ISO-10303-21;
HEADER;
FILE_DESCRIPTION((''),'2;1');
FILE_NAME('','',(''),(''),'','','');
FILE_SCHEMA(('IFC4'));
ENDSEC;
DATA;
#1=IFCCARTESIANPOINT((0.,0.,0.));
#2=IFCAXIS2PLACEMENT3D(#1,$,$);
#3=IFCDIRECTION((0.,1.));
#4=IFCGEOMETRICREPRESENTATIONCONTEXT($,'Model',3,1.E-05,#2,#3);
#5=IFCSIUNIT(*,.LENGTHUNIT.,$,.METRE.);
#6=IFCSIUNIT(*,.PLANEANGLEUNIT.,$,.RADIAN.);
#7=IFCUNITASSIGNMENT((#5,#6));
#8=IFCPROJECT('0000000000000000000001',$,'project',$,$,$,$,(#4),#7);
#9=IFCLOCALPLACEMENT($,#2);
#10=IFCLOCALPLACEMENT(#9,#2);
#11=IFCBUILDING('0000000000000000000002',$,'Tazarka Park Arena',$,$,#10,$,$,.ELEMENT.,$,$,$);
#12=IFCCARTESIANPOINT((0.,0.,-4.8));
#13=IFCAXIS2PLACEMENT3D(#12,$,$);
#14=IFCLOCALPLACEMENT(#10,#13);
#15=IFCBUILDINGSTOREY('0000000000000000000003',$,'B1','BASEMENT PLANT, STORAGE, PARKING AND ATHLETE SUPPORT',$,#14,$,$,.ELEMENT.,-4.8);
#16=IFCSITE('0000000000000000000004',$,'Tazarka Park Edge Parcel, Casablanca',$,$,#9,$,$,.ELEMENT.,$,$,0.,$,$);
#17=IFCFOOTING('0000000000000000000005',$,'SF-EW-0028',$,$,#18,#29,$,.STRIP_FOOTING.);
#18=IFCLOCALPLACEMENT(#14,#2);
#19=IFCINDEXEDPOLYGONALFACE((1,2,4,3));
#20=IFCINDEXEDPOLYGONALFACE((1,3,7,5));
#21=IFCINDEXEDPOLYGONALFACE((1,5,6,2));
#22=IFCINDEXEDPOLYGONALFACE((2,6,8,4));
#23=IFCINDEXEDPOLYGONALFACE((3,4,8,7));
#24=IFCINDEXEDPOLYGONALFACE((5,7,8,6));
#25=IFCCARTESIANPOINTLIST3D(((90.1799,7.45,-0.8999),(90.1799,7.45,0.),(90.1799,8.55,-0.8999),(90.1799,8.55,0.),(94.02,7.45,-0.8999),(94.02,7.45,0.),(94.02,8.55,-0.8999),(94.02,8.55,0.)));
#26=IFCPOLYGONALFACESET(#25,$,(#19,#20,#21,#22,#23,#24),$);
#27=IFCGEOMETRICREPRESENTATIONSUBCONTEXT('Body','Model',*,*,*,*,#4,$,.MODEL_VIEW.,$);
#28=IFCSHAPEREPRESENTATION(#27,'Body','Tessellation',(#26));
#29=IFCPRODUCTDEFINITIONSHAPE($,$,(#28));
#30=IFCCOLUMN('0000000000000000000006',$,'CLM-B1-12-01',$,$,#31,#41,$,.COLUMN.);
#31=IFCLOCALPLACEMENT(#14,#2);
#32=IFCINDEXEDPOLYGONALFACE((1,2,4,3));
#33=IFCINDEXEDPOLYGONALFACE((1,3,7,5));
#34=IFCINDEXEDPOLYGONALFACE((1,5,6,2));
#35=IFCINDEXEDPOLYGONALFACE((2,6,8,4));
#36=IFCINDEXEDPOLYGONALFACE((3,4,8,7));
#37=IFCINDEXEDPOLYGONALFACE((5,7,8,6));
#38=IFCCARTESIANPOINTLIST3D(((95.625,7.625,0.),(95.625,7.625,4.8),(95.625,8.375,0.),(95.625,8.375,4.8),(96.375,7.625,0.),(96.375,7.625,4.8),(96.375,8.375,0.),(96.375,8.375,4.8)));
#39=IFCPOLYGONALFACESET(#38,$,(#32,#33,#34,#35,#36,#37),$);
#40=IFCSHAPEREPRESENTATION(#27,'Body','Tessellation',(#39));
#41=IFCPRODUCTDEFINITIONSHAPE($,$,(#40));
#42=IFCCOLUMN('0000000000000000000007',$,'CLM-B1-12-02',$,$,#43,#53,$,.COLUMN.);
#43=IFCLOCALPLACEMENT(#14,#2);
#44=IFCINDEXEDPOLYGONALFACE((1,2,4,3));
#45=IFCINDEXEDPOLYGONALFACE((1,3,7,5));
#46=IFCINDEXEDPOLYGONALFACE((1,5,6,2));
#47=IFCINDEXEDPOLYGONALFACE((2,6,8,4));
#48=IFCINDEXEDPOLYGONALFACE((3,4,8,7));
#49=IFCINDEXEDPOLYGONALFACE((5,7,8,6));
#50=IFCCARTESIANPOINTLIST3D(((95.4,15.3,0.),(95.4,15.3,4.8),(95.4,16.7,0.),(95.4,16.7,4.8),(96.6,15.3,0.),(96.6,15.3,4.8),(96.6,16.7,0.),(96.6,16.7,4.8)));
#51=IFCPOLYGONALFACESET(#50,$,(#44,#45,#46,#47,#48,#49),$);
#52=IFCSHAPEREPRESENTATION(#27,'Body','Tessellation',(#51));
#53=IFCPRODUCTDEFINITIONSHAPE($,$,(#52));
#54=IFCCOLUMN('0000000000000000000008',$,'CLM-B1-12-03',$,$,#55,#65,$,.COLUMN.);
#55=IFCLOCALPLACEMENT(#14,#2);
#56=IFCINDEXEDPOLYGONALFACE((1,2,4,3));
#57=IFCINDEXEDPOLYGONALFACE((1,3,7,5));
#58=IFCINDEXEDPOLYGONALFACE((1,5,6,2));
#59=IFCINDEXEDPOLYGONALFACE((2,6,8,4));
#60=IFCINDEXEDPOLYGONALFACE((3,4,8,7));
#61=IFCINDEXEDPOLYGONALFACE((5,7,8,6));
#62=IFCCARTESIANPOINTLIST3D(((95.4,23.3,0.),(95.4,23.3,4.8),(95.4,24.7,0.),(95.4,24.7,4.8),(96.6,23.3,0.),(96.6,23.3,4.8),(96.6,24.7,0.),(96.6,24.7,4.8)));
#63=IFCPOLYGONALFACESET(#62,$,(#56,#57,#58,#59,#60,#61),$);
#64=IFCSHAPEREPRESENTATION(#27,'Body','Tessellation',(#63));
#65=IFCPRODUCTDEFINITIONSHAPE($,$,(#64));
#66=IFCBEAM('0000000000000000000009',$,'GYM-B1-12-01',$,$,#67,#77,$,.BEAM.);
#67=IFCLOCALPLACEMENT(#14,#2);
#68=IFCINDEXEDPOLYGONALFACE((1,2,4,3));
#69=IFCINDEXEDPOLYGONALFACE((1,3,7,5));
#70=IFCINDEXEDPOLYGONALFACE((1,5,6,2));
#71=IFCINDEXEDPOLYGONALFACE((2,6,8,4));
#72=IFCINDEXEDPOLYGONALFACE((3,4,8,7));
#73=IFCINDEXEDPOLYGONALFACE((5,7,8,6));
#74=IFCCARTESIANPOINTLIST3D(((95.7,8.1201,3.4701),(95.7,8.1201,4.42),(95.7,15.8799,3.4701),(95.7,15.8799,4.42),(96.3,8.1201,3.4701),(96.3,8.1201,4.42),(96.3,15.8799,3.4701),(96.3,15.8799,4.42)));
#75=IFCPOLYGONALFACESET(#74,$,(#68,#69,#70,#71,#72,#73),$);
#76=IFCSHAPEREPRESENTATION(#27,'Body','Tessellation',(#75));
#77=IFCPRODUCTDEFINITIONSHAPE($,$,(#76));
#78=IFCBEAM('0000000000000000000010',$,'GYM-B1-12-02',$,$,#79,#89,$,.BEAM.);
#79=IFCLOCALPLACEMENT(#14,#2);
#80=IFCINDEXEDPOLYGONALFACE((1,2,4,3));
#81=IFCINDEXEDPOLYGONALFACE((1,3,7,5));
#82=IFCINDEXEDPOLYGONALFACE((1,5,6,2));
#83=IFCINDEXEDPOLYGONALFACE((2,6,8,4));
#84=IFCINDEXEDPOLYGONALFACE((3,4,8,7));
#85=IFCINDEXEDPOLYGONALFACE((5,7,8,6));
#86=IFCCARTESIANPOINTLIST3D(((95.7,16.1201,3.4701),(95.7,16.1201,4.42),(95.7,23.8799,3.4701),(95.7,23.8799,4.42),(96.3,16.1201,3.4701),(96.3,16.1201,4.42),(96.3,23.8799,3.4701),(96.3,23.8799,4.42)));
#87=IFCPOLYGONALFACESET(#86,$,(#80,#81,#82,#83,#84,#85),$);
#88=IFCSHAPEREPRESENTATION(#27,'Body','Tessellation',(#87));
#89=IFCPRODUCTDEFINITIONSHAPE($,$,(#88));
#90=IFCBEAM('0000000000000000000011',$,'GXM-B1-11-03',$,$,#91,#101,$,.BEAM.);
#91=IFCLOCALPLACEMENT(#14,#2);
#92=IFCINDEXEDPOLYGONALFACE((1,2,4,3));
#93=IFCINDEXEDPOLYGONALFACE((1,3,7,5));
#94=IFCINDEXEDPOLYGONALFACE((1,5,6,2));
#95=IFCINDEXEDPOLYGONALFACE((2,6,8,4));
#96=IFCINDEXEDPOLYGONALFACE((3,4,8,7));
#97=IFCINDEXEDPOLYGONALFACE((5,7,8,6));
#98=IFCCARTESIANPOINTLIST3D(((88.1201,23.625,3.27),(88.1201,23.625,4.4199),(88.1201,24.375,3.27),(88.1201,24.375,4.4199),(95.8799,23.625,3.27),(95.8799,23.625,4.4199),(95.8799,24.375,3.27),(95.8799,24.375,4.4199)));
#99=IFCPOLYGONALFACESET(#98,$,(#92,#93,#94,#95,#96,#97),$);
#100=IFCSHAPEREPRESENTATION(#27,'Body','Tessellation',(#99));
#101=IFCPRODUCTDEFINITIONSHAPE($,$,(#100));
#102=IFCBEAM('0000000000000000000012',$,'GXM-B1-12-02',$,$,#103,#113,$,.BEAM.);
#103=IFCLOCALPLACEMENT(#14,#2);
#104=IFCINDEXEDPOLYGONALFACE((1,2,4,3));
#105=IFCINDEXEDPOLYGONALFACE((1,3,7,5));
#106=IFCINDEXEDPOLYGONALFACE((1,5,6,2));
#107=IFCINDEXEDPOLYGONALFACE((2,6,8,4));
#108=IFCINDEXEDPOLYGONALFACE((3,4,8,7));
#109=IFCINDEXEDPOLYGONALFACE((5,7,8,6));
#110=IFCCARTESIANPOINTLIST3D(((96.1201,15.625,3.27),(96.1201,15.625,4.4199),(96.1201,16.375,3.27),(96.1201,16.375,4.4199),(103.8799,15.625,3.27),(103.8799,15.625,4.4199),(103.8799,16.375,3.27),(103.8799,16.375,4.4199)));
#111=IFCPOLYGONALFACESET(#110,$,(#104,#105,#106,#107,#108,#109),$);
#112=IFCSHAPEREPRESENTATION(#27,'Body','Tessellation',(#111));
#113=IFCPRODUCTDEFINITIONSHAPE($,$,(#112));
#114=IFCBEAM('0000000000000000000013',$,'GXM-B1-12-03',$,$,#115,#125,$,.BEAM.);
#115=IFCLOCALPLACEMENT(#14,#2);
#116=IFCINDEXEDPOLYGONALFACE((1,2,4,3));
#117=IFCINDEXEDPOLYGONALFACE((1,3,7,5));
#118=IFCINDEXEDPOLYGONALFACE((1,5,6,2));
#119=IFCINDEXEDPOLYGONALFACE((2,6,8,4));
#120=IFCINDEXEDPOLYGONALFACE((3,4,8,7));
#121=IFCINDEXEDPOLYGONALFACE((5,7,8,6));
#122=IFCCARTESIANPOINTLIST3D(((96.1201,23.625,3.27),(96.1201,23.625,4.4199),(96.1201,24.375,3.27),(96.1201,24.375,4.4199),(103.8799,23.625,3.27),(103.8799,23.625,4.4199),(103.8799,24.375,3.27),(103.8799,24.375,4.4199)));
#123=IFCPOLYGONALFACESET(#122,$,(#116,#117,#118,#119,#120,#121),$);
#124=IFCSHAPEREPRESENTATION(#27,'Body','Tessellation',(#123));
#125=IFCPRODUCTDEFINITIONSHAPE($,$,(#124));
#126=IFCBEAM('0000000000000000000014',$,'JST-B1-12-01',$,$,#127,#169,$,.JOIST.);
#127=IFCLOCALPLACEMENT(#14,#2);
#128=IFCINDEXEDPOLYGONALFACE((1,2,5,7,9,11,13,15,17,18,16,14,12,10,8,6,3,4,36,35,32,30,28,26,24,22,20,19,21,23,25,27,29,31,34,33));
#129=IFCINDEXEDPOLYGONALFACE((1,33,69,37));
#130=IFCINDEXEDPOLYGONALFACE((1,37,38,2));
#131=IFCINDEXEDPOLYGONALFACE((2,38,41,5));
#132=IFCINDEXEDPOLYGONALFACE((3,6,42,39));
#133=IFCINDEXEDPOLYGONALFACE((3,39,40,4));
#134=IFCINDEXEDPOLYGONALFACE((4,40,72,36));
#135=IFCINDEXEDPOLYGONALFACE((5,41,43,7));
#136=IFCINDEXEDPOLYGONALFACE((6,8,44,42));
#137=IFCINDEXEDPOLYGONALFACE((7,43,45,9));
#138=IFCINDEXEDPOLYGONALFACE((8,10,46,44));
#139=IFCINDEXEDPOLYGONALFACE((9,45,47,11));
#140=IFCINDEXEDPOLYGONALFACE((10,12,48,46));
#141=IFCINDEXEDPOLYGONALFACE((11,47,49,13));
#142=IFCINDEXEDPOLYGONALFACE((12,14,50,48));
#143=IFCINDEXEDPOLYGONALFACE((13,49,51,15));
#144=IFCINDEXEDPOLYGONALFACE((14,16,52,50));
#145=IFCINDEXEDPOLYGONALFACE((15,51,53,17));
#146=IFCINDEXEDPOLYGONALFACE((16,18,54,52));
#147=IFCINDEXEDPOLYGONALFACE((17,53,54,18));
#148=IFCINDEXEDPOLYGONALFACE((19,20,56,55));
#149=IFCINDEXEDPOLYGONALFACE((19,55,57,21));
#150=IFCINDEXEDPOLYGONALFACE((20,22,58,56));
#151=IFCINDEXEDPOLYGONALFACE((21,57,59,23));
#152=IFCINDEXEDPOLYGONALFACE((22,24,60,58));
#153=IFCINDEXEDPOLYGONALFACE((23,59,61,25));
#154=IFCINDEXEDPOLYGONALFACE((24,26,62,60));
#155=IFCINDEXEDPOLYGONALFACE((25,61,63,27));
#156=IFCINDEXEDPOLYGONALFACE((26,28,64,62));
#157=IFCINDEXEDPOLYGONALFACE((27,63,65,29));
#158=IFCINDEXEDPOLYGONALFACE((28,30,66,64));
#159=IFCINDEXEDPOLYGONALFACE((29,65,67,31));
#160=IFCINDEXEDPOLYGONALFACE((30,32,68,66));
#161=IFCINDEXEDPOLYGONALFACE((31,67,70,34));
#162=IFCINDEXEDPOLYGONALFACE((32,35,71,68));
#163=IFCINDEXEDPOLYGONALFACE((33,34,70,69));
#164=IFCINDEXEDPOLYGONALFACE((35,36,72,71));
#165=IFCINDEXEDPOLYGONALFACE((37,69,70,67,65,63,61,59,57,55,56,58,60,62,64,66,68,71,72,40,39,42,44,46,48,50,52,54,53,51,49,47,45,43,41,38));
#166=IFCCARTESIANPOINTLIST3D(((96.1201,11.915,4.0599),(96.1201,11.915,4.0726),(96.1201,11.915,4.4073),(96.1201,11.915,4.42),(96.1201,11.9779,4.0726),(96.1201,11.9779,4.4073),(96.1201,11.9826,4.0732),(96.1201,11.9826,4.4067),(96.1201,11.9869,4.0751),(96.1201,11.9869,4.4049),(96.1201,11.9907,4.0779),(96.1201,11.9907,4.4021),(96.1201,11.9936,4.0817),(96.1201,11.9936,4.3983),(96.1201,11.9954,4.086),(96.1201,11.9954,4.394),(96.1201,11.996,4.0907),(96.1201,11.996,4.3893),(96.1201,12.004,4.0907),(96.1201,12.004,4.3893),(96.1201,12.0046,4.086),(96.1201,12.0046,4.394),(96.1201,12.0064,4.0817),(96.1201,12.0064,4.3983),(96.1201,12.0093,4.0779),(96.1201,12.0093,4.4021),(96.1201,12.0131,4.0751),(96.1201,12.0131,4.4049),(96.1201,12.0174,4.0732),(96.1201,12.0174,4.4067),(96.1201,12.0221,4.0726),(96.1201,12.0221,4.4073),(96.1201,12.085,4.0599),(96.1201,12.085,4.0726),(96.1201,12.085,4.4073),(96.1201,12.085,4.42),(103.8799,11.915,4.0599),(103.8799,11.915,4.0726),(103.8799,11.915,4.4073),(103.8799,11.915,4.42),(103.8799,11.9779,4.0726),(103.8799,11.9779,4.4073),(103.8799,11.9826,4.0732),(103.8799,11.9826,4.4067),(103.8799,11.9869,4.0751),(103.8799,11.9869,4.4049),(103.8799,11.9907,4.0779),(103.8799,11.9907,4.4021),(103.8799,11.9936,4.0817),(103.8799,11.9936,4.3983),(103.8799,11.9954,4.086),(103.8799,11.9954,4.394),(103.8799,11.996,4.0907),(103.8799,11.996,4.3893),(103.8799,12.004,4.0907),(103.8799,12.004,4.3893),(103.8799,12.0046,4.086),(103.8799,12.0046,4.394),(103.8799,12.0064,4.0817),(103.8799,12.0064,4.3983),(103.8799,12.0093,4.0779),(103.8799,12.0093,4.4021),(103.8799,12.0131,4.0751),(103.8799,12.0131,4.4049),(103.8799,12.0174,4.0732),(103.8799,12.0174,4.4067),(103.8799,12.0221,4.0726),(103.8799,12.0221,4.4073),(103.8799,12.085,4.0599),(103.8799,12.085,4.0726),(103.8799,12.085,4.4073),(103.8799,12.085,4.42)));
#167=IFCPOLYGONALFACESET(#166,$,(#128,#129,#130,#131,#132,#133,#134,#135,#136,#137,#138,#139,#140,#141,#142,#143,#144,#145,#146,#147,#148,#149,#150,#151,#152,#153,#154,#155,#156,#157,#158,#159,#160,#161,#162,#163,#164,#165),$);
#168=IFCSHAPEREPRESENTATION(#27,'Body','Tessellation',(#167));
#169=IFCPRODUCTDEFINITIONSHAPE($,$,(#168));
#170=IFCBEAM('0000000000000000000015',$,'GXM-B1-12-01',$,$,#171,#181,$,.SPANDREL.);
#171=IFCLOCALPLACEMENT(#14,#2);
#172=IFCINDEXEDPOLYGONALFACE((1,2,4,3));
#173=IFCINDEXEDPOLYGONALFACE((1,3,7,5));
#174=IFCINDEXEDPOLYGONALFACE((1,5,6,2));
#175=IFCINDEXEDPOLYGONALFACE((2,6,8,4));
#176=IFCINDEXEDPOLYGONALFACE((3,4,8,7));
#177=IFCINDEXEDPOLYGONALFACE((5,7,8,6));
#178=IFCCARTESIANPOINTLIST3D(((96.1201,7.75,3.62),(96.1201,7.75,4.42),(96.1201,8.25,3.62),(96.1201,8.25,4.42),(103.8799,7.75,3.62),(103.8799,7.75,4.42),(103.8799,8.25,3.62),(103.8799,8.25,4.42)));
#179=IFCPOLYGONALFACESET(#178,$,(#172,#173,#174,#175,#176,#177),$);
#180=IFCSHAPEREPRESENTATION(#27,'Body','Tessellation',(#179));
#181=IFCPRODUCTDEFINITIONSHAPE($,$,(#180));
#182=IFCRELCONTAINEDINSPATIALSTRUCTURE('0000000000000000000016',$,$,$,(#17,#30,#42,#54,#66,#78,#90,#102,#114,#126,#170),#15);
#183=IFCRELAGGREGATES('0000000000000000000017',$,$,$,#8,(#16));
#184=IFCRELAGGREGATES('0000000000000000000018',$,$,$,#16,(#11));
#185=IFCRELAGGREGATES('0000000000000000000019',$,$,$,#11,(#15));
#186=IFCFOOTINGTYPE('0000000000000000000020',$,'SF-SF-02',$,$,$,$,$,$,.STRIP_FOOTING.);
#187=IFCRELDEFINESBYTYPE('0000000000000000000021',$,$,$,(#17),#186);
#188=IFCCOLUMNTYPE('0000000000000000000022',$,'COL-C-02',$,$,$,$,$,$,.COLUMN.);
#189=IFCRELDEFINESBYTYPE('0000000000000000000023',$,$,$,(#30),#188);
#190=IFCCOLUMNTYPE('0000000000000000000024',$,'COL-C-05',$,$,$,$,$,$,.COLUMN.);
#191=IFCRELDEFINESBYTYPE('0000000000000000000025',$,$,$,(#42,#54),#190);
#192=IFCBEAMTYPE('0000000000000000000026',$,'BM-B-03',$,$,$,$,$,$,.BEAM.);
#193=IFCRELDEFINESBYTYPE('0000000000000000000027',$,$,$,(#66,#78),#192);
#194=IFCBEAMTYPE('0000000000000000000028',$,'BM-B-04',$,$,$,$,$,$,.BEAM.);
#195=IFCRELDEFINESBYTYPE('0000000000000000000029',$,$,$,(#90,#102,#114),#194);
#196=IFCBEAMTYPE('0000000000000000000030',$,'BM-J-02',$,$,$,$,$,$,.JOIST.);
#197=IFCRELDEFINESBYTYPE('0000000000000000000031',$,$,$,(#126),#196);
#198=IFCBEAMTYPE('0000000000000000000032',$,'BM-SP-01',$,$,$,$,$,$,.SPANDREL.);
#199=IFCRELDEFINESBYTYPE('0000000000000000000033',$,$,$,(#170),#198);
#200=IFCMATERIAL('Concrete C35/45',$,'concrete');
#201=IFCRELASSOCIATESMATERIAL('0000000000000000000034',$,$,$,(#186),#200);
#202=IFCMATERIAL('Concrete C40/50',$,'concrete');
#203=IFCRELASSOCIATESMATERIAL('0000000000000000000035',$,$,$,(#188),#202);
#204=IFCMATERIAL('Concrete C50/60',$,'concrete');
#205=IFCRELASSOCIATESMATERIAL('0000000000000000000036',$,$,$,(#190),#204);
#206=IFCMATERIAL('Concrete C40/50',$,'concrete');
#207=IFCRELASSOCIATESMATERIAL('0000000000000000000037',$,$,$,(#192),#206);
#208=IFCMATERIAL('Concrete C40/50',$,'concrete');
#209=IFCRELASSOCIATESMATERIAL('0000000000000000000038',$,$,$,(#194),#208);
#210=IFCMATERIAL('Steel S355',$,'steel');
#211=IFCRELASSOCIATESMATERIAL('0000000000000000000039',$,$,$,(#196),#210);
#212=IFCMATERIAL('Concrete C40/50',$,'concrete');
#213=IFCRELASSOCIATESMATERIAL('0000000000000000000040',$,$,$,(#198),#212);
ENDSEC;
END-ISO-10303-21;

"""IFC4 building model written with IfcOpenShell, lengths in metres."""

from ifc_helpers import new_model, si_unit, direction, frame, origin, origin_2d, place, context, subcontext, project, spatial, rectangle, i_section, extrude, material, material_profile, profile_set, type_object, element, save


model = new_model("IFC4")

# Units and contexts
model_context = context("Model", 3, precision=1e-05, world=origin(), true_north=direction((0.0, 1.0)))
body_context = subcontext(model_context, "Body", "Model", "MODEL_VIEW")
ifc_project = project(units=[si_unit("LENGTHUNIT", "METRE"), si_unit("PLANEANGLEUNIT", "RADIAN")], contexts=[model_context])

# Site, building, storey
site_placement = place(None, origin())
site = spatial("IfcSite", under=ifc_project, at=site_placement, Name="Tazarka Park Edge Parcel, Casablanca", CompositionType="ELEMENT", RefElevation=0.0)
building_placement = place(site_placement, origin())
building = spatial("IfcBuilding", under=site, at=building_placement, Name="Tazarka Park Arena", CompositionType="ELEMENT")
storey_placement = place(building_placement, frame((0.0, 0.0, -4.8)))
storey = spatial("IfcBuildingStorey", under=building, at=storey_placement, Name="B1", Description="BASEMENT PLANT, STORAGE, PARKING AND ATHLETE SUPPORT", CompositionType="ELEMENT", Elevation=-4.8)

# Footing
ifc_material_1 = material(Name="Concrete C35/45", Category="concrete")
ifc_material_profile_1 = material_profile(ifc_material_1, rectangle(XDim=1.1001, YDim=0.8999, at=origin_2d()), Name="Concrete C35/45")
ifc_profile_set_1 = profile_set([ifc_material_profile_1], Name="Concrete C35/45")
footing_type_1 = type_object("IfcFootingType", Name="SF-SF-02", PredefinedType="STRIP_FOOTING", material=ifc_profile_set_1)
footing_1_placement = place(storey_placement, frame((94.02, 8.0, -0.45), z_axis=(-1.0, 0.0, 0.0), x_axis=(0.0, -1.0, 0.0)))
element("IfcFooting", 1, at=footing_1_placement, inside=storey, type_object=footing_type_1, Name="SF-EW-0028", PredefinedType="STRIP_FOOTING", context=body_context, shape_type="SweptSolid", body=[
    extrude(rectangle(XDim=1.1001, YDim=0.8999, at=origin_2d()), origin(), (0.0, 0.0, 1.0), 3.8401),
])

# Columns
ifc_material_2 = material(Name="Concrete C40/50", Category="concrete")
ifc_material_profile_2 = material_profile(ifc_material_2, rectangle(XDim=0.75, YDim=0.75, at=origin_2d()), Name="Concrete C40/50")
ifc_profile_set_2 = profile_set([ifc_material_profile_2], Name="Concrete C40/50")
column_type_1 = type_object("IfcColumnType", Name="COL-C-02", PredefinedType="COLUMN", material=ifc_profile_set_2)
column_placement = place(storey_placement, frame((96.0, 8.0, 0.0), z_axis=(0.0, 0.0, 1.0), x_axis=(1.0, 0.0, 0.0)))
element("IfcColumn", 2, at=column_placement, inside=storey, type_object=column_type_1, Name="CLM-B1-12-01", PredefinedType="COLUMN", context=body_context, shape_type="SweptSolid", body=[
    extrude(rectangle(XDim=0.75, YDim=0.75, at=origin_2d()), origin(), (0.0, 0.0, 1.0), 4.8),
])
ifc_material_3 = material(Name="Concrete C50/60", Category="concrete")
ifc_material_profile_3 = material_profile(ifc_material_3, rectangle(XDim=1.2, YDim=1.3999, at=origin_2d()), Name="Concrete C50/60")
ifc_profile_set_3 = profile_set([ifc_material_profile_3], Name="Concrete C50/60")
column_type_2 = type_object("IfcColumnType", Name="COL-C-05", PredefinedType="COLUMN", material=ifc_profile_set_3)
for number, where, z_axis, x_axis, name in (
    (3, (96.0, 16.0, 0.0), (0.0, 0.0, 1.0), (1.0, 0.0, 0.0), "CLM-B1-12-02"),
    (4, (96.0, 24.0, 0.0), (0.0, 0.0, 1.0), (1.0, 0.0, 0.0), "CLM-B1-12-03"),
):
    element("IfcColumn", number, at=place(storey_placement, frame(where, z_axis=z_axis, x_axis=x_axis)), inside=storey, type_object=column_type_2, Name=name, PredefinedType="COLUMN", context=body_context, shape_type="SweptSolid", body=[
        extrude(rectangle(XDim=1.2, YDim=1.3999, at=origin_2d()), origin(), (0.0, 0.0, 1.0), 4.8),
    ])

# Beams
ifc_material_4 = material(Name="Concrete C40/50", Category="concrete")
ifc_material_profile_4 = material_profile(ifc_material_4, rectangle(XDim=0.6001, YDim=0.95, at=origin_2d()), Name="Concrete C40/50")
ifc_profile_set_4 = profile_set([ifc_material_profile_4], Name="Concrete C40/50")
beam_type_1 = type_object("IfcBeamType", Name="BM-B-03", PredefinedType="BEAM", material=ifc_profile_set_4)
for number, where, z_axis, x_axis, name in (
    (5, (96.0, 8.1201, 3.9451), (0.0, 1.0, 0.0), (-1.0, 0.0, 0.0), "GYM-B1-12-01"),
    (6, (96.0, 16.1201, 3.9451), (0.0, 1.0, 0.0), (-1.0, 0.0, 0.0), "GYM-B1-12-02"),
):
    element("IfcBeam", number, at=place(storey_placement, frame(where, z_axis=z_axis, x_axis=x_axis)), inside=storey, type_object=beam_type_1, Name=name, PredefinedType="BEAM", context=body_context, shape_type="SweptSolid", body=[
        extrude(rectangle(XDim=0.6001, YDim=0.95, at=origin_2d()), origin(), (0.0, 0.0, 1.0), 7.7598),
    ])
ifc_material_5 = material(Name="Concrete C40/50", Category="concrete")
ifc_material_profile_5 = material_profile(ifc_material_5, rectangle(XDim=0.75, YDim=1.1499, at=origin_2d()), Name="Concrete C40/50")
ifc_profile_set_5 = profile_set([ifc_material_profile_5], Name="Concrete C40/50")
beam_type_2 = type_object("IfcBeamType", Name="BM-B-04", PredefinedType="BEAM", material=ifc_profile_set_5)
for number, where, z_axis, x_axis, name in (
    (7, (88.1201, 24.0, 3.845), (1.0, 0.0, 0.0), (0.0, 1.0, 0.0), "GXM-B1-11-03"),
    (8, (96.1201, 16.0, 3.845), (1.0, 0.0, 0.0), (0.0, 1.0, 0.0), "GXM-B1-12-02"),
    (9, (96.1201, 24.0, 3.845), (1.0, 0.0, 0.0), (0.0, 1.0, 0.0), "GXM-B1-12-03"),
):
    element("IfcBeam", number, at=place(storey_placement, frame(where, z_axis=z_axis, x_axis=x_axis)), inside=storey, type_object=beam_type_2, Name=name, PredefinedType="BEAM", context=body_context, shape_type="SweptSolid", body=[
        extrude(rectangle(XDim=0.75, YDim=1.1499, at=origin_2d()), origin(), (0.0, 0.0, 1.0), 7.7598),
    ])
ifc_material_6 = material(Name="Steel S355", Category="steel")
ifc_material_profile_6 = material_profile(ifc_material_6, i_section(OverallWidth=0.1699, OverallDepth=0.3601, WebThickness=0.0081, FlangeThickness=0.0127, FilletRadius=0.0181, at=origin_2d()), Name="Steel S355")
ifc_profile_set_6 = profile_set([ifc_material_profile_6], Name="Steel S355")
beam_type_3 = type_object("IfcBeamType", Name="BM-J-02", PredefinedType="JOIST", material=ifc_profile_set_6)
beam_1_placement = place(storey_placement, frame((96.1201, 12.0, 4.24), z_axis=(1.0, 0.0, 0.0), x_axis=(0.0, 1.0, 0.0)))
element("IfcBeam", 10, at=beam_1_placement, inside=storey, type_object=beam_type_3, Name="JST-B1-12-01", PredefinedType="JOIST", context=body_context, shape_type="SweptSolid", body=[
    extrude(i_section(OverallWidth=0.1699, OverallDepth=0.3601, WebThickness=0.0081, FlangeThickness=0.0127, FilletRadius=0.0181, at=origin_2d()), origin(), (0.0, 0.0, 1.0), 7.7598),
])
ifc_material_7 = material(Name="Concrete C40/50", Category="concrete")
ifc_material_profile_7 = material_profile(ifc_material_7, rectangle(XDim=0.5, YDim=0.8, at=origin_2d()), Name="Concrete C40/50")
ifc_profile_set_7 = profile_set([ifc_material_profile_7], Name="Concrete C40/50")
beam_type_4 = type_object("IfcBeamType", Name="BM-SP-01", PredefinedType="SPANDREL", material=ifc_profile_set_7)
beam_2_placement = place(storey_placement, frame((96.1201, 8.0, 4.02), z_axis=(1.0, 0.0, 0.0), x_axis=(0.0, 1.0, 0.0)))
element("IfcBeam", 11, at=beam_2_placement, inside=storey, type_object=beam_type_4, Name="GXM-B1-12-01", PredefinedType="SPANDREL", context=body_context, shape_type="SweptSolid", body=[
    extrude(rectangle(XDim=0.5, YDim=0.8, at=origin_2d()), origin(), (0.0, 0.0, 1.0), 7.7598),
])

save(model, "model.ifc")
